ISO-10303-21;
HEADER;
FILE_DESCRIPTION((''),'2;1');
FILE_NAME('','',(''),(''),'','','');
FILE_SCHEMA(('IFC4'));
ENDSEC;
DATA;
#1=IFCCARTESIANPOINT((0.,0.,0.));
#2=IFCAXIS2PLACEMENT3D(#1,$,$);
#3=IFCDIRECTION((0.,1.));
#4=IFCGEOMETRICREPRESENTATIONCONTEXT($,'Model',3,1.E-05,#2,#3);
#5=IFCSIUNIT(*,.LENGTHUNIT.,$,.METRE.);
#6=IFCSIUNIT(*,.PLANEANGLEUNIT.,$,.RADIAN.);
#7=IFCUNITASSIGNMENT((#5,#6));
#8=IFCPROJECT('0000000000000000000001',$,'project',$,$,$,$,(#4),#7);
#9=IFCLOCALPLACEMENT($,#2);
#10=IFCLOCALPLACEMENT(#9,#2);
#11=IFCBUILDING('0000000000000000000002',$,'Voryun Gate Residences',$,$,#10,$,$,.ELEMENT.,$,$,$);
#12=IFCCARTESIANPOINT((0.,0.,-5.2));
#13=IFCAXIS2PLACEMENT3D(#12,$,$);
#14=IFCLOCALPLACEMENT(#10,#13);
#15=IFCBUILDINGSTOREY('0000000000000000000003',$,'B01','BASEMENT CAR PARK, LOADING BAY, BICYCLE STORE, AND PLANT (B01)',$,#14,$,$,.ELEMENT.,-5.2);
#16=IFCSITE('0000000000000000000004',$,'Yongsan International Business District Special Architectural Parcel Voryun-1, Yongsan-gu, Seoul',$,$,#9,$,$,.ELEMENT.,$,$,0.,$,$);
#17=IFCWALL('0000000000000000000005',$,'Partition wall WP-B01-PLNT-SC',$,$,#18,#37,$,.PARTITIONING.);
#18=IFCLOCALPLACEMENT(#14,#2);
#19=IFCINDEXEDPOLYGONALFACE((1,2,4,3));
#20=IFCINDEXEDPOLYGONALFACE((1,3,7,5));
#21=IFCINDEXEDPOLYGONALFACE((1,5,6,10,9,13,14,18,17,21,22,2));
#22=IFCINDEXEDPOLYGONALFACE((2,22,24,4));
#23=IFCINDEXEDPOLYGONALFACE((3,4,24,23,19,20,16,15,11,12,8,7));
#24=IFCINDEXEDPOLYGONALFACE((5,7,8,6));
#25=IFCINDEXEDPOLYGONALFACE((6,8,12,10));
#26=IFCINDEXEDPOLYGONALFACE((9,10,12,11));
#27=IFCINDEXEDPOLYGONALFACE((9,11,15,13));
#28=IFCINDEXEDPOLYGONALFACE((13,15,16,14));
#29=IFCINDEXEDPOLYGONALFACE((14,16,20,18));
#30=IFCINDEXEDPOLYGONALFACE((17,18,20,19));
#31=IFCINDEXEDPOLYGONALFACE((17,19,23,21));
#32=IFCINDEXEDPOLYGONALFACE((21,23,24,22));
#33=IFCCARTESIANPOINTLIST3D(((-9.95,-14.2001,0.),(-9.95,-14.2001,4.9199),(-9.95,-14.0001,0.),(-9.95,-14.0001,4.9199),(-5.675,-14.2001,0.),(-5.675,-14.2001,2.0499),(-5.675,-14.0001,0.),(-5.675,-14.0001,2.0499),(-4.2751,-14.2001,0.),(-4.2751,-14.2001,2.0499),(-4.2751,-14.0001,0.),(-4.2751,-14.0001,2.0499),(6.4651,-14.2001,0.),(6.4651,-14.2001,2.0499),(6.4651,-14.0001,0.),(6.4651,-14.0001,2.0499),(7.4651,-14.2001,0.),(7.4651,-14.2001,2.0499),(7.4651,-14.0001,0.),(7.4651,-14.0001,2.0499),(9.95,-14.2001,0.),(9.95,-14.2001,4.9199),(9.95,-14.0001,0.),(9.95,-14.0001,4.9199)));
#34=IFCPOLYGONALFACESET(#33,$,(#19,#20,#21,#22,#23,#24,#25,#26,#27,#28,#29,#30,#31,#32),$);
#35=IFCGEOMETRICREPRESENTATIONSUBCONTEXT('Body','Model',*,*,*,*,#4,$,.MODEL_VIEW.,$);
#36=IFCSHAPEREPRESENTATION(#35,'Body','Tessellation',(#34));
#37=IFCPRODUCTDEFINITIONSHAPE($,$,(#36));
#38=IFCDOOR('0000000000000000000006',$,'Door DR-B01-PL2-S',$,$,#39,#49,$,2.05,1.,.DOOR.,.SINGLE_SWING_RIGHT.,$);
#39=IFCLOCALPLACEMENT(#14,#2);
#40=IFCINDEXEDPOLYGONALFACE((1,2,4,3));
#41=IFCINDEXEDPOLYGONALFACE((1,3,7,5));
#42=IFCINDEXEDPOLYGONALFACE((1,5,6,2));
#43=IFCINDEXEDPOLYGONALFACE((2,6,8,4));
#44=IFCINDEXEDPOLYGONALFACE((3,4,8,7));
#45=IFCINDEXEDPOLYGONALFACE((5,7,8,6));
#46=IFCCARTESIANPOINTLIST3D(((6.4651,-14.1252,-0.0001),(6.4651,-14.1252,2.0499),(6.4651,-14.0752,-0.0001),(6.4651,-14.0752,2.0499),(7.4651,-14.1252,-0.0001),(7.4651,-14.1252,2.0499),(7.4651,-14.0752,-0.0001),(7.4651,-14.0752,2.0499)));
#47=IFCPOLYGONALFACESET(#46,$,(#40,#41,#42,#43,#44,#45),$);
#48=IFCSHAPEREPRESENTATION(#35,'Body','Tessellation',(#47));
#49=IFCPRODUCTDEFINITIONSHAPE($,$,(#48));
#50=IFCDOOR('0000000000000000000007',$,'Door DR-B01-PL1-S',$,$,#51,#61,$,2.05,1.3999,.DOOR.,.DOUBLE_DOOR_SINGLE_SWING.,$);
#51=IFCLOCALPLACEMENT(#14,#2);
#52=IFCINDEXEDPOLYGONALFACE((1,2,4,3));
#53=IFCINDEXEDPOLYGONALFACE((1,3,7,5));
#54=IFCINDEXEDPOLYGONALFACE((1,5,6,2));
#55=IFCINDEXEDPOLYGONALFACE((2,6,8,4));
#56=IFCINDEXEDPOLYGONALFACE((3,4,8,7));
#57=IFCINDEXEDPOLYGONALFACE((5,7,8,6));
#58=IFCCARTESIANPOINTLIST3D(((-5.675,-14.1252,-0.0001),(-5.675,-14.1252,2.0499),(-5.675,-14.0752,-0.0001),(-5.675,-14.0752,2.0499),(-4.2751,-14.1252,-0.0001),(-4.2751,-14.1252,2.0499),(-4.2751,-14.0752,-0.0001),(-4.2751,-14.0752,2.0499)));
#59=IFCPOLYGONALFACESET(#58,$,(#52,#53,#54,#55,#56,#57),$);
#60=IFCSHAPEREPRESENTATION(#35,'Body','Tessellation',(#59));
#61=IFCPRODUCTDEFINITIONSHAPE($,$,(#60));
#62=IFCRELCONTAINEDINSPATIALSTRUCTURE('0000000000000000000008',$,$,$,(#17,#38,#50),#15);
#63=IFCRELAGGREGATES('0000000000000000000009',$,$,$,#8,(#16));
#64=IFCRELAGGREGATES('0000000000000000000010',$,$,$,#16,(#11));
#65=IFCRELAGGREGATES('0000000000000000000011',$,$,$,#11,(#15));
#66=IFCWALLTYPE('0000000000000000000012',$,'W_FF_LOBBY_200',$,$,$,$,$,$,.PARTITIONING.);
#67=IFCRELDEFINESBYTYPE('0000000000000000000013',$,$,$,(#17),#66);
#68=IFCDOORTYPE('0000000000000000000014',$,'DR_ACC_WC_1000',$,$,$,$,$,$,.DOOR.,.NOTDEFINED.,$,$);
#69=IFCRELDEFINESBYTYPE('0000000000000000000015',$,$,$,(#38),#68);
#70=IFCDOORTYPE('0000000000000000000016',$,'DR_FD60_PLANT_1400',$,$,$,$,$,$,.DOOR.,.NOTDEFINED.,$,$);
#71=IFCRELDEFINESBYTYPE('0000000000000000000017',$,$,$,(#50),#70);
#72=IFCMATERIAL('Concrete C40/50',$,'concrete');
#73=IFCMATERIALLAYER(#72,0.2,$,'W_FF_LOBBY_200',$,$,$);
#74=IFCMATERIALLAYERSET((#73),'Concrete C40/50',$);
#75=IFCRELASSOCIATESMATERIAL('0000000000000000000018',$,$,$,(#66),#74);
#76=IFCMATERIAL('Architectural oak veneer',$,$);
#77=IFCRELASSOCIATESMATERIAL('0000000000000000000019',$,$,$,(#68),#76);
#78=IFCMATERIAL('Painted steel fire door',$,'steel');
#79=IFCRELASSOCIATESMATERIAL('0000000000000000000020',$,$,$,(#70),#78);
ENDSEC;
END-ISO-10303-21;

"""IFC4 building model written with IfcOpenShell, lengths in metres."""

from ifc_helpers import new_model, si_unit, direction, frame, frame_2d, origin, place, context, subcontext, project, spatial, rectangle, extrude, material, layer, layer_set, type_object, element, fill, save


model = new_model("IFC4")

# Units and contexts
model_context = context("Model", 3, precision=1e-05, world=origin(), true_north=direction((0.0, 1.0)))
body_context = subcontext(model_context, "Body", "Model", "MODEL_VIEW")
ifc_project = project(units=[si_unit("LENGTHUNIT", "METRE"), si_unit("PLANEANGLEUNIT", "RADIAN")], contexts=[model_context])

# Site, building, storey
site_placement = place(None, origin())
site = spatial("IfcSite", under=ifc_project, at=site_placement, Name="Yongsan International Business District Special Architectural Parcel Voryun-1, Yongsan-gu, Seoul", CompositionType="ELEMENT", RefElevation=0.0)
building_placement = place(site_placement, origin())
building = spatial("IfcBuilding", under=site, at=building_placement, Name="Voryun Gate Residences", CompositionType="ELEMENT")
storey_placement = place(building_placement, frame((0.0, 0.0, -5.2)))
storey = spatial("IfcBuildingStorey", under=building, at=storey_placement, Name="B01", Description="BASEMENT CAR PARK, LOADING BAY, BICYCLE STORE, AND PLANT (B01)", CompositionType="ELEMENT", Elevation=-5.2)

# Shared definitions
ifc_material_1 = material(Name="Concrete C40/50", Category="concrete")
ifc_layer = layer(ifc_material_1, 0.2, Name="W_FF_LOBBY_200")
ifc_layer_set = layer_set([ifc_layer], Name="Concrete C40/50")
wall_type = type_object("IfcWallType", Name="W_FF_LOBBY_200", PredefinedType="PARTITIONING", material=ifc_layer_set)

# Wall, openings, doors
wall_1_placement = place(storey_placement, frame((-9.95, -14.1001, 0.0), z_axis=(0.0, 0.0, 1.0), x_axis=(1.0, 0.0, 0.0)))
wall_1 = element("IfcWall", 1, at=wall_1_placement, inside=storey, type_object=wall_type, Name="Partition wall WP-B01-PLNT-SC", PredefinedType="PARTITIONING", context=body_context, shape_type="SweptSolid", body=[
    extrude(rectangle(XDim=19.8999, YDim=0.2, at=frame_2d((9.95, 0.0))), origin(), (0.0, 0.0, 1.0), 4.9199),
])
opening_1_placement = place(wall_1_placement, frame((4.2749, 0.0, 0.0)))
opening_1 = element("IfcOpeningElement", 2, at=opening_1_placement, cuts=wall_1, PredefinedType="OPENING", context=body_context, shape_type="SweptSolid", body=[
    extrude(rectangle(XDim=1.3999, YDim=2.05, at=frame_2d((0.7, 1.0249))), frame((0.0, 0.1101, 0.0), z_axis=(0.0, -1.0, 0.0), x_axis=(1.0, 0.0, 0.0)), (0.0, 0.0, 1.0), 0.22),
])
opening_2_placement = place(wall_1_placement, frame((16.415, 0.0, 0.0)))
opening_2 = element("IfcOpeningElement", 3, at=opening_2_placement, cuts=wall_1, PredefinedType="OPENING", context=body_context, shape_type="SweptSolid", body=[
    extrude(rectangle(XDim=1.0, YDim=2.05, at=frame_2d((0.5, 1.0249))), frame((0.0, 0.1101, 0.0), z_axis=(0.0, -1.0, 0.0), x_axis=(1.0, 0.0, 0.0)), (0.0, 0.0, 1.0), 0.22),
])
ifc_material_2 = material(Name="Architectural oak veneer")
door_type_1 = type_object("IfcDoorType", Name="DR_ACC_WC_1000", OperationType="NOTDEFINED", PredefinedType="DOOR", material=ifc_material_2)
door_1_placement = place(opening_2_placement, origin())
door_1 = element("IfcDoor", 4, at=door_1_placement, inside=storey, type_object=door_type_1, Name="Door DR-B01-PL2-S", OperationType="SINGLE_SWING_RIGHT", OverallHeight=2.05, OverallWidth=1.0, PredefinedType="DOOR", context=body_context, shape_type="SweptSolid", body=[
    extrude(rectangle(XDim=1.0, YDim=2.05, at=frame_2d((0.5, 1.0249))), frame((0.0, 0.0249, 0.0), z_axis=(0.0, -1.0, 0.0), x_axis=(1.0, 0.0, 0.0)), (0.0, 0.0, 1.0), 0.05),
])
fill(opening_2, door_1)
ifc_material_3 = material(Name="Painted steel fire door", Category="steel")
door_type_2 = type_object("IfcDoorType", Name="DR_FD60_PLANT_1400", OperationType="NOTDEFINED", PredefinedType="DOOR", material=ifc_material_3)
door_2_placement = place(opening_1_placement, origin())
door_2 = element("IfcDoor", 5, at=door_2_placement, inside=storey, type_object=door_type_2, Name="Door DR-B01-PL1-S", OperationType="DOUBLE_DOOR_SINGLE_SWING", OverallHeight=2.05, OverallWidth=1.3999, PredefinedType="DOOR", context=body_context, shape_type="SweptSolid", body=[
    extrude(rectangle(XDim=1.3999, YDim=2.05, at=frame_2d((0.7, 1.0249))), frame((0.0, 0.0249, 0.0), z_axis=(0.0, -1.0, 0.0), x_axis=(1.0, 0.0, 0.0)), (0.0, 0.0, 1.0), 0.05),
])
fill(opening_1, door_2)

save(model, "model.ifc")
